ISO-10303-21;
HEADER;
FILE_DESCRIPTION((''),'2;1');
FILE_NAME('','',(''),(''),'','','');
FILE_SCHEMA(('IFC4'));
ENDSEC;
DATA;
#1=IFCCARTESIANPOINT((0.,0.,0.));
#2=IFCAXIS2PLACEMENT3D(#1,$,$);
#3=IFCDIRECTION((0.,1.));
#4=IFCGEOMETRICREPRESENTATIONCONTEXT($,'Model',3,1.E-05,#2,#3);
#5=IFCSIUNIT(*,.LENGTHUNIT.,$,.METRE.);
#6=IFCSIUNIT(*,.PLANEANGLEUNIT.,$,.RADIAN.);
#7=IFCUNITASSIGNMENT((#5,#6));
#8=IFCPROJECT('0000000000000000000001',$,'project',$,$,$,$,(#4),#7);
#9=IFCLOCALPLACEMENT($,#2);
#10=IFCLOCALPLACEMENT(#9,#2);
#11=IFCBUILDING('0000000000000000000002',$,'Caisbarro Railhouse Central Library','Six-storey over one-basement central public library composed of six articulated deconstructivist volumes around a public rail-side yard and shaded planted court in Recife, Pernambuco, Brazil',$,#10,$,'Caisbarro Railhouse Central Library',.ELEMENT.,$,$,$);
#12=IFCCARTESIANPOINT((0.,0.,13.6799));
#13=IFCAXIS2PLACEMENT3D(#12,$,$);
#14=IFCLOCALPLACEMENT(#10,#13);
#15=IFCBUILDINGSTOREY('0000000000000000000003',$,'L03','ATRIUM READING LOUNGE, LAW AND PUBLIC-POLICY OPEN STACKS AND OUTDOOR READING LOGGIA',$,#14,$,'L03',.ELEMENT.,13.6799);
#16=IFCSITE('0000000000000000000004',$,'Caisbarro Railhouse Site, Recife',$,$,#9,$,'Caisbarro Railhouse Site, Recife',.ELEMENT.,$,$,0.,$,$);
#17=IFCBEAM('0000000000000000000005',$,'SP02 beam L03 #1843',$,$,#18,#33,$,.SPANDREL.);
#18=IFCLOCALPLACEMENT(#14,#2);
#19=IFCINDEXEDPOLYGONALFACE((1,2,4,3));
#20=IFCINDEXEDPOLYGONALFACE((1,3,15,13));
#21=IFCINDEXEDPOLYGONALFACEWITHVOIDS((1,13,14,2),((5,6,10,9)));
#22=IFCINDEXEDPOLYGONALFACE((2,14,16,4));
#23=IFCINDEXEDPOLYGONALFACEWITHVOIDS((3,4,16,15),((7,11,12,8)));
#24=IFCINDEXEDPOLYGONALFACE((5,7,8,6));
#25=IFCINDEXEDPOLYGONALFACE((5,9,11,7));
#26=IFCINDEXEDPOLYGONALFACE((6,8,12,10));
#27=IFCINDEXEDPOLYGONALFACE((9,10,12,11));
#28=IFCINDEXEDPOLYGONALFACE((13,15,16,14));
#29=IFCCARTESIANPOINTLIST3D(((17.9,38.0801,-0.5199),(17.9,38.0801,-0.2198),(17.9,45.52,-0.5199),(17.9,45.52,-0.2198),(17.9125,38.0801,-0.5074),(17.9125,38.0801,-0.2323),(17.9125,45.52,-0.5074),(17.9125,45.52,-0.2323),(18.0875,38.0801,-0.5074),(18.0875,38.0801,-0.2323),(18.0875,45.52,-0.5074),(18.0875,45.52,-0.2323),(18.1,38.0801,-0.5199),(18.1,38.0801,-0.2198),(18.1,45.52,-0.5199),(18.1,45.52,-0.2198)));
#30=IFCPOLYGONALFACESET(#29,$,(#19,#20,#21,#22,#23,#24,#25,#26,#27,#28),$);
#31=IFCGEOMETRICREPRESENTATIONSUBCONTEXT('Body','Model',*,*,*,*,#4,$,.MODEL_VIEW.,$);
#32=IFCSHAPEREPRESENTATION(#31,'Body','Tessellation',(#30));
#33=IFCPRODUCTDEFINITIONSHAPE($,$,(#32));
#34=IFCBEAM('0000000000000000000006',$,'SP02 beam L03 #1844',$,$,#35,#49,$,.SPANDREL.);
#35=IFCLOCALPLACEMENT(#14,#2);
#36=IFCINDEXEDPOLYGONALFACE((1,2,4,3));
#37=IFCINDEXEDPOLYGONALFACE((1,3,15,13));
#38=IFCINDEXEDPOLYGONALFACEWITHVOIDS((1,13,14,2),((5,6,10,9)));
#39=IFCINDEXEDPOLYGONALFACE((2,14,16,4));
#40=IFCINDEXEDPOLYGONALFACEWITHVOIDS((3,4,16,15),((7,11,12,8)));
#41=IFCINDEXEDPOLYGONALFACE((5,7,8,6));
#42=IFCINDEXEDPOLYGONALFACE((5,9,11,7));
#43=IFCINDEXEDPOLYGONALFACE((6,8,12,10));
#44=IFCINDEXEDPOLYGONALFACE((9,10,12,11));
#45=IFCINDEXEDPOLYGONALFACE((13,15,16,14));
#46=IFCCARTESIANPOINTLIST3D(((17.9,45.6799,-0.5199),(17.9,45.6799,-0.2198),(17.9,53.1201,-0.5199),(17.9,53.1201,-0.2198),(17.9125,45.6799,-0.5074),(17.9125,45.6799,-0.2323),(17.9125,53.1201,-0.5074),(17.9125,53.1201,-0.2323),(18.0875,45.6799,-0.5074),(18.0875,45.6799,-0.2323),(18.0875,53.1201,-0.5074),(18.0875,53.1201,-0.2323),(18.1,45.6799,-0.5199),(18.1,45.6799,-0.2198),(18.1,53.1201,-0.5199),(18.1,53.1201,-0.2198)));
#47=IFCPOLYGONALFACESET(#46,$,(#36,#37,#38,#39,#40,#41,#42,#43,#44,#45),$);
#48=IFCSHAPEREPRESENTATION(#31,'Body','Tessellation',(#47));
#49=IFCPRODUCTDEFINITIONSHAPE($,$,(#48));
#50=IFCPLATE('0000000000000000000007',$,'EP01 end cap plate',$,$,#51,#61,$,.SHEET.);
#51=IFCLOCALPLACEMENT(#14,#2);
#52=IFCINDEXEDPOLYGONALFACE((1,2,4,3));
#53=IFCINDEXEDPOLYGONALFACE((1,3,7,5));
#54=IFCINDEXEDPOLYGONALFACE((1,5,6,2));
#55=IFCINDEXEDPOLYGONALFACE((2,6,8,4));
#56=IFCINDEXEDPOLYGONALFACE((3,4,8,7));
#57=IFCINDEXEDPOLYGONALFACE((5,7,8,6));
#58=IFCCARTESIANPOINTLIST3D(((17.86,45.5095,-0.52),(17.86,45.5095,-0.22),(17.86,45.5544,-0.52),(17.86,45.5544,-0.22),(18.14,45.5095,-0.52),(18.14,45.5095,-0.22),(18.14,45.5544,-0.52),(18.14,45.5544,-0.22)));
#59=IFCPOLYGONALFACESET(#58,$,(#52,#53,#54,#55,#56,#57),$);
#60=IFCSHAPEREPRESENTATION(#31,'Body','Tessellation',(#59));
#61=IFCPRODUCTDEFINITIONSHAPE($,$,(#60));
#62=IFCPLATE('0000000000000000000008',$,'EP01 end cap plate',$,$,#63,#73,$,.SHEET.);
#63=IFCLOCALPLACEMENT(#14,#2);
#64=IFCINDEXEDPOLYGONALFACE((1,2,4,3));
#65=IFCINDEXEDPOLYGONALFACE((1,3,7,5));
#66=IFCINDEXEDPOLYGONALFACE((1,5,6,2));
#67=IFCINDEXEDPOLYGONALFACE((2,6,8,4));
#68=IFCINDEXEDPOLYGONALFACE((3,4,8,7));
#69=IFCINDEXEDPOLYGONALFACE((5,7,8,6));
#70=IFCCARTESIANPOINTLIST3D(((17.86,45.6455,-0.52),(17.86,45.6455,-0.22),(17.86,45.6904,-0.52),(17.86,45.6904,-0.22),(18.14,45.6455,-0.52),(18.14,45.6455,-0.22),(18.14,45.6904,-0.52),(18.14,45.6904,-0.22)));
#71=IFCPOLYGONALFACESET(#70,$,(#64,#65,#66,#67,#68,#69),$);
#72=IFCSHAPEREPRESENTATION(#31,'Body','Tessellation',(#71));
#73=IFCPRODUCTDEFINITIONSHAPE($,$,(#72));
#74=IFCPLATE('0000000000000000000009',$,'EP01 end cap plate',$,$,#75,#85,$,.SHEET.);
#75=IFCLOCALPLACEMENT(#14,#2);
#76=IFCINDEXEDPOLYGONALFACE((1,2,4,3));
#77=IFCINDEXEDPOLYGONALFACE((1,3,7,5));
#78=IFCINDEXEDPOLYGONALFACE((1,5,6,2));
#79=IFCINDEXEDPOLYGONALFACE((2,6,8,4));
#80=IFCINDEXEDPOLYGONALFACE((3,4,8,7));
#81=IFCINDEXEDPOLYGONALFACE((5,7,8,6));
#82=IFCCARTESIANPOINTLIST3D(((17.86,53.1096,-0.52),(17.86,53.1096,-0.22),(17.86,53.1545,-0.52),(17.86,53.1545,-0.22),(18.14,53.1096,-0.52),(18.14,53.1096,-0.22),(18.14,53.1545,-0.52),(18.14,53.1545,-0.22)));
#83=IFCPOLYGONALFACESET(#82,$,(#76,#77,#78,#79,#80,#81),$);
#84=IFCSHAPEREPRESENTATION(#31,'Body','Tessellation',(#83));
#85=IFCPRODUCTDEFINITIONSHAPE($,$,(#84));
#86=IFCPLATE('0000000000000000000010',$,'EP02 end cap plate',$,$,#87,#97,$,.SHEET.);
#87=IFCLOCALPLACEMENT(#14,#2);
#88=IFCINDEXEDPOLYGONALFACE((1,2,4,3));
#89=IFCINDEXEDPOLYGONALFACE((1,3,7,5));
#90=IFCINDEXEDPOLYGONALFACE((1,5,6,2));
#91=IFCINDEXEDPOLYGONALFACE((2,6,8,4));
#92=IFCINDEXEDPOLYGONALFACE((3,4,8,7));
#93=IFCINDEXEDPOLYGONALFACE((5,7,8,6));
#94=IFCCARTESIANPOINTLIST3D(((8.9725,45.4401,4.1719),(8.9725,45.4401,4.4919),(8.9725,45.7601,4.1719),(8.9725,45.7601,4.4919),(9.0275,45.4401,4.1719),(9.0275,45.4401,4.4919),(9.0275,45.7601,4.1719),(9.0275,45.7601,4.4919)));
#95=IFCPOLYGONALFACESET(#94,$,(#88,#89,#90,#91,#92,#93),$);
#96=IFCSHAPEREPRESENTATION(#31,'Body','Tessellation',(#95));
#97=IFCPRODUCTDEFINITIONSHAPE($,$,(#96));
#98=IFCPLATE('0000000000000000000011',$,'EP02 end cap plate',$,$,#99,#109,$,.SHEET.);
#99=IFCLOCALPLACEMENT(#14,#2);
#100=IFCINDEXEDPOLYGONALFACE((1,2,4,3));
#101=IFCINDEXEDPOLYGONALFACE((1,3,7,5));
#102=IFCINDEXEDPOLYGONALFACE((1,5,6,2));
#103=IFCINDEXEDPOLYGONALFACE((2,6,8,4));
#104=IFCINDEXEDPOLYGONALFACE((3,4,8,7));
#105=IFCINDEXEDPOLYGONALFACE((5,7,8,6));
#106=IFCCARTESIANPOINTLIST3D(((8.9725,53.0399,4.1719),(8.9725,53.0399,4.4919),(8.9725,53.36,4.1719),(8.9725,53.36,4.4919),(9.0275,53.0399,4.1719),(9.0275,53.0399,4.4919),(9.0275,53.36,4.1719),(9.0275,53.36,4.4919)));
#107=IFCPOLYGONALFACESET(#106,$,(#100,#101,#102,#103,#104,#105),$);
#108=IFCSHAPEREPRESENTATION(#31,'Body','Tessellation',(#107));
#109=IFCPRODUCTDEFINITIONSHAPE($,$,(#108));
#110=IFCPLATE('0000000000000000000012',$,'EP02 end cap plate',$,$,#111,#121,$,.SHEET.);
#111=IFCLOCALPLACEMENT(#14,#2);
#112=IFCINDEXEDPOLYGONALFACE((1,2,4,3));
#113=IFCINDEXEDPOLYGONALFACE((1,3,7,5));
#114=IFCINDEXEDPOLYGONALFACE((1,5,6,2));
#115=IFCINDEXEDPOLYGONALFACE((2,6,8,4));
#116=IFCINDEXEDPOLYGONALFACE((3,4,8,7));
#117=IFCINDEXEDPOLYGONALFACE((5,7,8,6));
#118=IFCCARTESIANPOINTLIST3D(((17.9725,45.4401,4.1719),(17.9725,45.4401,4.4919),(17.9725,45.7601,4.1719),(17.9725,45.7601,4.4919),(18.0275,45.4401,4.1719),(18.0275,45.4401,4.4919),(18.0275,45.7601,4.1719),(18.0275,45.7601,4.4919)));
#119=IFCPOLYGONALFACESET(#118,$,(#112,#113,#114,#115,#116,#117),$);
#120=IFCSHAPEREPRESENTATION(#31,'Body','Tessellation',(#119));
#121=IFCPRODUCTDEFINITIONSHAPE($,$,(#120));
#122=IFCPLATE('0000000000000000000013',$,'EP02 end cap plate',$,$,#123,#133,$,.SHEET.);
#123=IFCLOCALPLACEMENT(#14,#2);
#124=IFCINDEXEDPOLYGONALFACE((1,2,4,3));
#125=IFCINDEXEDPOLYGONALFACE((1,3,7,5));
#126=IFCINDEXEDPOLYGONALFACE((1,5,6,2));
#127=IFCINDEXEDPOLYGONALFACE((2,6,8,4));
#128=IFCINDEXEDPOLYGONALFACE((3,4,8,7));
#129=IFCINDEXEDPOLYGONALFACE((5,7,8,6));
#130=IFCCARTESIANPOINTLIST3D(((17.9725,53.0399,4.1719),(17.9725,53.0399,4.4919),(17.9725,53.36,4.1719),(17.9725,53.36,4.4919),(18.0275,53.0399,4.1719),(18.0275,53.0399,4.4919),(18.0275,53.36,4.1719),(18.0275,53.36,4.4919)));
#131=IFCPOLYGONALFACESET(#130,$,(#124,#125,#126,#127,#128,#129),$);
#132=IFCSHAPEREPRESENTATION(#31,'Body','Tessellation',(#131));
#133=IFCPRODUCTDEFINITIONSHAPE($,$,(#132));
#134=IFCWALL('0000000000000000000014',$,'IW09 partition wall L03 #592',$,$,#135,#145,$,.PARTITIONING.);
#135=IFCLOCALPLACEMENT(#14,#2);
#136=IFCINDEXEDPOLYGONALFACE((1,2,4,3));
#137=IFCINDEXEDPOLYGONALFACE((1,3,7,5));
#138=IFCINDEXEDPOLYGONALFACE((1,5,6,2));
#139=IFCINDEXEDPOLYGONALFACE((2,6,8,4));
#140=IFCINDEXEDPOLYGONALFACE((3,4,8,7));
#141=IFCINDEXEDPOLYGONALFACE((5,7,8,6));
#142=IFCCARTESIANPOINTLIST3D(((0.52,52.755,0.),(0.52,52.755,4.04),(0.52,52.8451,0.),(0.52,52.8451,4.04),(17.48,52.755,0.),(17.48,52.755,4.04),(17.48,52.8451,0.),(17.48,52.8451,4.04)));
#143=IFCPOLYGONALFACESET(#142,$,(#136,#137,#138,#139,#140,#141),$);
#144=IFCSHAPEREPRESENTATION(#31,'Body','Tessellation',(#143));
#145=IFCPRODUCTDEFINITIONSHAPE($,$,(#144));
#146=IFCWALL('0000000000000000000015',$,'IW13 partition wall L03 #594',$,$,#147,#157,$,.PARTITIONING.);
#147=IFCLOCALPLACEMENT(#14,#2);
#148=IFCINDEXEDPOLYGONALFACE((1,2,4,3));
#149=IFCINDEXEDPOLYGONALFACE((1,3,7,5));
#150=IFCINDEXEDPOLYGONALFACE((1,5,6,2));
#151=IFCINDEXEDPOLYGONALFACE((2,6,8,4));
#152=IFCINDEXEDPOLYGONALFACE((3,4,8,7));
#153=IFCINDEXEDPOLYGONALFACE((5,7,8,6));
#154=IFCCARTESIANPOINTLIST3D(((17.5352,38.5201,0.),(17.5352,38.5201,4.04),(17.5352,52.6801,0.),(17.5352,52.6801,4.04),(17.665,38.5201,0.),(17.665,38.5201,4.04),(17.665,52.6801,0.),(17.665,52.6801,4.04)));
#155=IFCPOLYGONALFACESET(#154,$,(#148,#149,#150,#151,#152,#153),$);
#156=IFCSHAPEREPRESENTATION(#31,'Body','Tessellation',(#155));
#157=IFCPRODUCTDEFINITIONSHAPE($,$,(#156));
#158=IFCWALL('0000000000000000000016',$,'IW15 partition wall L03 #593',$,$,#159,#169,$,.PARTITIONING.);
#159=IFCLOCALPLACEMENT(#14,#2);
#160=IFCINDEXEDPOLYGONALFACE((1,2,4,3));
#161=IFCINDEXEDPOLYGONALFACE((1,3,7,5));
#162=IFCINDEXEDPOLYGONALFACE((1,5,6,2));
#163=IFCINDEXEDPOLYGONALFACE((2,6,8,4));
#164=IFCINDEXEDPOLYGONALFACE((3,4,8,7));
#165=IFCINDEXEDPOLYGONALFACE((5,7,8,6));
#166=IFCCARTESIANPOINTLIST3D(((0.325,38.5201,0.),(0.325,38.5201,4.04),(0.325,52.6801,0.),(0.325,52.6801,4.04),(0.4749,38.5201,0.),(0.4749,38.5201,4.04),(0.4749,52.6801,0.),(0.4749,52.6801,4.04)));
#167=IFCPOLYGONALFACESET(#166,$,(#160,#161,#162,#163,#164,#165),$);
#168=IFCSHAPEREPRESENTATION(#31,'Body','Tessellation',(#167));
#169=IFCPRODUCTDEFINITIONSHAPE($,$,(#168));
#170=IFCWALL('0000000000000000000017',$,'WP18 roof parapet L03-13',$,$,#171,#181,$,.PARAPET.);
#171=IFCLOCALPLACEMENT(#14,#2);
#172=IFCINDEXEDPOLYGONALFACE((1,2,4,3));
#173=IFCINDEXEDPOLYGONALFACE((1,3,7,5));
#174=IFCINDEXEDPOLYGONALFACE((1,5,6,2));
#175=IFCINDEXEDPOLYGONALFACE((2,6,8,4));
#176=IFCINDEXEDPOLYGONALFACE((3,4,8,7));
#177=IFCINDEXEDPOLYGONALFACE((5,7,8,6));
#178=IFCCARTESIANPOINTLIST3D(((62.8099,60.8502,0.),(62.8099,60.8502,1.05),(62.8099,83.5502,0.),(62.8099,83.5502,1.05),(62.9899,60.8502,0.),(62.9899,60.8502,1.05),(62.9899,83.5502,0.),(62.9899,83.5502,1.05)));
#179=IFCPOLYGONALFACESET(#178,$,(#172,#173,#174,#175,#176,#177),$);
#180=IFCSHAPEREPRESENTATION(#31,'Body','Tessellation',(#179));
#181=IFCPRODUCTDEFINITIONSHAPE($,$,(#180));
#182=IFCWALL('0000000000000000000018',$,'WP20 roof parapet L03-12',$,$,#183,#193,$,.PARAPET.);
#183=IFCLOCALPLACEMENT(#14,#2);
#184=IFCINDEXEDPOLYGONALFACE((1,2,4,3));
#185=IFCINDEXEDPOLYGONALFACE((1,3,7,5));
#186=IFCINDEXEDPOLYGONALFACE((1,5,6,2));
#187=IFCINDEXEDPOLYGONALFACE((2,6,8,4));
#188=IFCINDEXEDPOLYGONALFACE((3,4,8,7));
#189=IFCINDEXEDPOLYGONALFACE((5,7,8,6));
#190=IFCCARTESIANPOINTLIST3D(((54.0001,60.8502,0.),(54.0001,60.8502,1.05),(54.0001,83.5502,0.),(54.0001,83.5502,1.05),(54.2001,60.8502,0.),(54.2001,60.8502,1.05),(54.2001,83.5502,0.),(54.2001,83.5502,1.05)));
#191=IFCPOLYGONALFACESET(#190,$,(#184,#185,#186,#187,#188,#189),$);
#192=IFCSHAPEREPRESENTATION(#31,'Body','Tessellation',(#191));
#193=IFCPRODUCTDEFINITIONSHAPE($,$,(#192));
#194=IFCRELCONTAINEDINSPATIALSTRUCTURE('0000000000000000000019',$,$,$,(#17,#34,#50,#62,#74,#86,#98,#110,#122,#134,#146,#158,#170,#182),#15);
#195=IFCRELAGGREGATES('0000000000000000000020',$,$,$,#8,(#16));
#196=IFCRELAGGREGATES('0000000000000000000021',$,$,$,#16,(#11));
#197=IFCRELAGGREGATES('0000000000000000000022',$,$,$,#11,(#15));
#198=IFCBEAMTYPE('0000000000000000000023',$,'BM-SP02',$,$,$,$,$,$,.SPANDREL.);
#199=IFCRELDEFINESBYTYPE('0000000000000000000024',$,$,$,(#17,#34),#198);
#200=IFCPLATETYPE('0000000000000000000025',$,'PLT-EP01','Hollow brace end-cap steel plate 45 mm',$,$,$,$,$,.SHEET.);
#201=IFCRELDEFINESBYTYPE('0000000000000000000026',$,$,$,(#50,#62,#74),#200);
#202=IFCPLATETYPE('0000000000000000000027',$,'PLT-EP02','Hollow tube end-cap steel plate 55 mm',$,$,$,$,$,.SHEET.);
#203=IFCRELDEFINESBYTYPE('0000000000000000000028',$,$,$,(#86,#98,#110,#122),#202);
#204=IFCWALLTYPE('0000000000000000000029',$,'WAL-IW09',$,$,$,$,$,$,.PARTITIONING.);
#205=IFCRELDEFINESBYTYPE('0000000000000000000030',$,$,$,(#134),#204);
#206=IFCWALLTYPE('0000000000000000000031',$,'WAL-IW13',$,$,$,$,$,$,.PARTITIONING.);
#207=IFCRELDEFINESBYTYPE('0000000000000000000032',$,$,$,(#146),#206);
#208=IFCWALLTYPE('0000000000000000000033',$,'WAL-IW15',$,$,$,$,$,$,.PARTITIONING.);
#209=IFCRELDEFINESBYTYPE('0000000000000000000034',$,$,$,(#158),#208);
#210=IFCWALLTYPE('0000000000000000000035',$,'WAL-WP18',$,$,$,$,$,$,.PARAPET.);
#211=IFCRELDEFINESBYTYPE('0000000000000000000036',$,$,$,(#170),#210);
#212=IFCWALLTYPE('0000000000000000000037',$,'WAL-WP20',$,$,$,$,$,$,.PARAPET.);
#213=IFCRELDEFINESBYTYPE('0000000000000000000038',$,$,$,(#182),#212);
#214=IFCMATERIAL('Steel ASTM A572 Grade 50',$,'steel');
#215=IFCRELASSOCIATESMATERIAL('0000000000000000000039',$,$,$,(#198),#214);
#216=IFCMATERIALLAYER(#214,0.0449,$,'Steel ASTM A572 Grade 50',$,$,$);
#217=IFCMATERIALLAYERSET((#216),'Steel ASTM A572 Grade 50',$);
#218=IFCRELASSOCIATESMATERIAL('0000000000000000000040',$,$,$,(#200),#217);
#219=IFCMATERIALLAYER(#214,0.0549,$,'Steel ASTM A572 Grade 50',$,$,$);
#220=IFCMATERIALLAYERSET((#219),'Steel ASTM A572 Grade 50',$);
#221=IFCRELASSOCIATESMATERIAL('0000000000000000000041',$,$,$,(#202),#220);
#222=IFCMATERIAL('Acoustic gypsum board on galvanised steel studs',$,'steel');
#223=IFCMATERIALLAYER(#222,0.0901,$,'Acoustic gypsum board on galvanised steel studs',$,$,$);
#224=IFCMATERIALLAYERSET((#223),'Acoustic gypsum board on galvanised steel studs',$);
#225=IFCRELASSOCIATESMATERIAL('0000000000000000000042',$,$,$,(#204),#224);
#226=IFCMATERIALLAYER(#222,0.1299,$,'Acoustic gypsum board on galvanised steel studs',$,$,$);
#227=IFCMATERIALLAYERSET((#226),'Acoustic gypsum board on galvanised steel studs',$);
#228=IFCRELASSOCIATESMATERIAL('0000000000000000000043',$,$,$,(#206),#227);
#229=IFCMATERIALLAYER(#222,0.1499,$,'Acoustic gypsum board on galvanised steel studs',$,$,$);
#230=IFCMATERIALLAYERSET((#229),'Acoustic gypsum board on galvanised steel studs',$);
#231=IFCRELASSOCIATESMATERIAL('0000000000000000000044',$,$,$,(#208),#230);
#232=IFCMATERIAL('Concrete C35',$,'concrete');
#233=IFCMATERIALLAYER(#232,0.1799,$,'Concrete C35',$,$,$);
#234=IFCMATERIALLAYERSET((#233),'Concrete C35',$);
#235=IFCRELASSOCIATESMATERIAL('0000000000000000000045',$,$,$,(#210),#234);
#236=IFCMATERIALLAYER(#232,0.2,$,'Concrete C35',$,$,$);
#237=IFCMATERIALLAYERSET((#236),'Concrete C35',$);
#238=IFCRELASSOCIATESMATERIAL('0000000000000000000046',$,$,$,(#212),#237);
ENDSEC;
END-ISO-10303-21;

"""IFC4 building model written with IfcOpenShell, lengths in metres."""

from ifc_helpers import new_model, si_unit, direction, frame, frame_2d, origin, origin_2d, place, context, subcontext, project, spatial, rectangle, hollow_rectangle, extrude, material, layer, layer_set, material_profile, profile_set, type_object, element, save


model = new_model("IFC4")

# Units and contexts
model_context = context("Model", 3, precision=1e-05, world=origin(), true_north=direction((0.0, 1.0)))
body_context = subcontext(model_context, "Body", "Model", "MODEL_VIEW")
ifc_project = project(units=[si_unit("LENGTHUNIT", "METRE"), si_unit("PLANEANGLEUNIT", "RADIAN")], contexts=[model_context])

# Site, building, storey
site_placement = place(None, origin())
site = spatial("IfcSite", under=ifc_project, at=site_placement, Name="Caisbarro Railhouse Site, Recife", LongName="Caisbarro Railhouse Site, Recife", CompositionType="ELEMENT", RefElevation=0.0)
building_placement = place(site_placement, origin())
building = spatial("IfcBuilding", under=site, at=building_placement, Name="Caisbarro Railhouse Central Library", Description="Six-storey over one-basement central public library composed of six articulated deconstructivist volumes around a public rail-side yard and shaded planted court in Recife, Pernambuco, Brazil", LongName="Caisbarro Railhouse Central Library", CompositionType="ELEMENT")
storey_placement = place(building_placement, frame((0.0, 0.0, 13.6799)))
storey = spatial("IfcBuildingStorey", under=building, at=storey_placement, Name="L03", Description="ATRIUM READING LOUNGE, LAW AND PUBLIC-POLICY OPEN STACKS AND OUTDOOR READING LOGGIA", LongName="L03", CompositionType="ELEMENT", Elevation=13.6799)

# Shared definitions
ifc_material_1 = material(Name="Steel ASTM A572 Grade 50", Category="steel")

# Beams
ifc_material_profile_1 = material_profile(ifc_material_1, hollow_rectangle(XDim=0.2, YDim=0.3, WallThickness=0.0125, at=origin_2d()), Name="HSS300X200X12.5")
ifc_profile_set_1 = profile_set([ifc_material_profile_1], Name="Steel ASTM A572 Grade 50")
beam_type_1 = type_object("IfcBeamType", Name="BM-SP02", PredefinedType="SPANDREL", material=ifc_profile_set_1)
beam_1_placement = place(storey_placement, frame((18.0, 38.0801, -0.3699), z_axis=(0.0, 1.0, 0.0), x_axis=(-1.0, 0.0, 0.0)))
element("IfcBeam", 1, at=beam_1_placement, inside=storey, type_object=beam_type_1, Name="SP02 beam L03 #1843", PredefinedType="SPANDREL", context=body_context, shape_type="SweptSolid", body=[
    extrude(hollow_rectangle(XDim=0.2, YDim=0.3, WallThickness=0.0125, at=origin_2d()), origin(), (0.0, 0.0, 1.0), 7.4399),
])
beam_2_placement = place(storey_placement, frame((18.0, 45.6799, -0.3699), z_axis=(0.0, 1.0, 0.0), x_axis=(-1.0, 0.0, 0.0)))
element("IfcBeam", 2, at=beam_2_placement, inside=storey, type_object=beam_type_1, Name="SP02 beam L03 #1844", PredefinedType="SPANDREL", context=body_context, shape_type="SweptSolid", body=[
    extrude(hollow_rectangle(XDim=0.2, YDim=0.3, WallThickness=0.0125, at=origin_2d()), origin(), (0.0, 0.0, 1.0), 7.4402),
])

# Plates
ifc_layer_1 = layer(ifc_material_1, 0.0449, Name="Steel ASTM A572 Grade 50")
ifc_layer_set_1 = layer_set([ifc_layer_1], Name="Steel ASTM A572 Grade 50")
plate_type_1 = type_object("IfcPlateType", Name="PLT-EP01", Description="Hollow brace end-cap steel plate 45 mm", PredefinedType="SHEET", material=ifc_layer_set_1)
for number, where, z_axis, x_axis, name in (
    (3, (18.0, 45.532, -0.52), (0.0, 0.0, 1.0), (0.0, 1.0, 0.0), "EP01 end cap plate"),
    (4, (18.0, 45.668, -0.52), (0.0, 0.0, 1.0), (0.0, 1.0, 0.0), "EP01 end cap plate"),
    (5, (18.0, 53.1321, -0.52), (0.0, 0.0, 1.0), (0.0, 1.0, 0.0), "EP01 end cap plate"),
):
    element("IfcPlate", number, at=place(storey_placement, frame(where, z_axis=z_axis, x_axis=x_axis)), inside=storey, type_object=plate_type_1, Name=name, PredefinedType="SHEET", context=body_context, shape_type="SweptSolid", body=[
        extrude(rectangle(XDim=0.0449, YDim=0.28, at=origin_2d()), origin(), (0.0, 0.0, 1.0), 0.3),
    ])
ifc_layer_2 = layer(ifc_material_1, 0.0549, Name="Steel ASTM A572 Grade 50")
ifc_layer_set_2 = layer_set([ifc_layer_2], Name="Steel ASTM A572 Grade 50")
plate_type_2 = type_object("IfcPlateType", Name="PLT-EP02", Description="Hollow tube end-cap steel plate 55 mm", PredefinedType="SHEET", material=ifc_layer_set_2)
for number, where, z_axis, x_axis, name in (
    (6, (9.0, 45.6001, 4.1719), (0.0, 0.0, 1.0), (1.0, 0.0, 0.0), "EP02 end cap plate"),
    (7, (9.0, 53.2, 4.1719), (0.0, 0.0, 1.0), (1.0, 0.0, 0.0), "EP02 end cap plate"),
    (8, (18.0, 45.6001, 4.1719), (0.0, 0.0, 1.0), (1.0, 0.0, 0.0), "EP02 end cap plate"),
    (9, (18.0, 53.2, 4.1719), (0.0, 0.0, 1.0), (1.0, 0.0, 0.0), "EP02 end cap plate"),
):
    element("IfcPlate", number, at=place(storey_placement, frame(where, z_axis=z_axis, x_axis=x_axis)), inside=storey, type_object=plate_type_2, Name=name, PredefinedType="SHEET", context=body_context, shape_type="SweptSolid", body=[
        extrude(rectangle(XDim=0.0549, YDim=0.3201, at=origin_2d()), origin(), (0.0, 0.0, 1.0), 0.3201),
    ])

# Walls
ifc_material_2 = material(Name="Acoustic gypsum board on galvanised steel studs", Category="steel")
ifc_layer_3 = layer(ifc_material_2, 0.0901, Name="Acoustic gypsum board on galvanised steel studs")
ifc_layer_set_3 = layer_set([ifc_layer_3], Name="Acoustic gypsum board on galvanised steel studs")
wall_type_1 = type_object("IfcWallType", Name="WAL-IW09", PredefinedType="PARTITIONING", material=ifc_layer_set_3)
wall_1_placement = place(storey_placement, frame((0.52, 52.8, 0.0), z_axis=(0.0, 0.0, 1.0), x_axis=(1.0, 0.0, 0.0)))
element("IfcWall", 10, at=wall_1_placement, inside=storey, type_object=wall_type_1, Name="IW09 partition wall L03 #592", PredefinedType="PARTITIONING", context=body_context, shape_type="SweptSolid", body=[
    extrude(rectangle(XDim=16.96, YDim=0.0901, at=frame_2d((8.48, 0.0))), origin(), (0.0, 0.0, 1.0), 4.04),
])
ifc_layer_4 = layer(ifc_material_2, 0.1299, Name="Acoustic gypsum board on galvanised steel studs")
ifc_layer_set_4 = layer_set([ifc_layer_4], Name="Acoustic gypsum board on galvanised steel studs")
wall_type_2 = type_object("IfcWallType", Name="WAL-IW13", PredefinedType="PARTITIONING", material=ifc_layer_set_4)
wall_2_placement = place(storey_placement, frame((17.6001, 38.52, 0.0), z_axis=(0.0, 0.0, 1.0), x_axis=(0.0, 1.0, 0.0)))
element("IfcWall", 11, at=wall_2_placement, inside=storey, type_object=wall_type_2, Name="IW13 partition wall L03 #594", PredefinedType="PARTITIONING", context=body_context, shape_type="SweptSolid", body=[
    extrude(rectangle(XDim=14.1599, YDim=0.1299, at=frame_2d((7.0801, 0.0))), origin(), (0.0, 0.0, 1.0), 4.04),
])
ifc_layer_5 = layer(ifc_material_2, 0.1499, Name="Acoustic gypsum board on galvanised steel studs")
ifc_layer_set_5 = layer_set([ifc_layer_5], Name="Acoustic gypsum board on galvanised steel studs")
wall_type_3 = type_object("IfcWallType", Name="WAL-IW15", PredefinedType="PARTITIONING", material=ifc_layer_set_5)
wall_3_placement = place(storey_placement, frame((0.3999, 38.52, 0.0), z_axis=(0.0, 0.0, 1.0), x_axis=(0.0, 1.0, 0.0)))
element("IfcWall", 12, at=wall_3_placement, inside=storey, type_object=wall_type_3, Name="IW15 partition wall L03 #593", PredefinedType="PARTITIONING", context=body_context, shape_type="SweptSolid", body=[
    extrude(rectangle(XDim=14.1599, YDim=0.1499, at=frame_2d((7.0801, 0.0))), origin(), (0.0, 0.0, 1.0), 4.04),
])
ifc_material_3 = material(Name="Concrete C35", Category="concrete")
ifc_layer_6 = layer(ifc_material_3, 0.1799, Name="Concrete C35")
ifc_layer_set_6 = layer_set([ifc_layer_6], Name="Concrete C35")
wall_type_4 = type_object("IfcWallType", Name="WAL-WP18", PredefinedType="PARAPET", material=ifc_layer_set_6)
wall_4_placement = place(storey_placement, frame((62.8999, 60.8501, 0.0), z_axis=(0.0, 0.0, 1.0), x_axis=(0.0, 1.0, 0.0)))
element("IfcWall", 13, at=wall_4_placement, inside=storey, type_object=wall_type_4, Name="WP18 roof parapet L03-13", PredefinedType="PARAPET", context=body_context, shape_type="SweptSolid", body=[
    extrude(rectangle(XDim=22.7, YDim=0.1799, at=frame_2d((11.3501, 0.0))), origin(), (0.0, 0.0, 1.0), 1.05),
])
ifc_layer_7 = layer(ifc_material_3, 0.2, Name="Concrete C35")
ifc_layer_set_7 = layer_set([ifc_layer_7], Name="Concrete C35")
wall_type_5 = type_object("IfcWallType", Name="WAL-WP20", PredefinedType="PARAPET", material=ifc_layer_set_7)
wall_5_placement = place(storey_placement, frame((54.1001, 60.8501, 0.0), z_axis=(0.0, 0.0, 1.0), x_axis=(0.0, 1.0, 0.0)))
element("IfcWall", 14, at=wall_5_placement, inside=storey, type_object=wall_type_5, Name="WP20 roof parapet L03-12", PredefinedType="PARAPET", context=body_context, shape_type="SweptSolid", body=[
    extrude(rectangle(XDim=22.7, YDim=0.2, at=frame_2d((11.3501, 0.0))), origin(), (0.0, 0.0, 1.0), 1.05),
])

save(model, "model.ifc")
